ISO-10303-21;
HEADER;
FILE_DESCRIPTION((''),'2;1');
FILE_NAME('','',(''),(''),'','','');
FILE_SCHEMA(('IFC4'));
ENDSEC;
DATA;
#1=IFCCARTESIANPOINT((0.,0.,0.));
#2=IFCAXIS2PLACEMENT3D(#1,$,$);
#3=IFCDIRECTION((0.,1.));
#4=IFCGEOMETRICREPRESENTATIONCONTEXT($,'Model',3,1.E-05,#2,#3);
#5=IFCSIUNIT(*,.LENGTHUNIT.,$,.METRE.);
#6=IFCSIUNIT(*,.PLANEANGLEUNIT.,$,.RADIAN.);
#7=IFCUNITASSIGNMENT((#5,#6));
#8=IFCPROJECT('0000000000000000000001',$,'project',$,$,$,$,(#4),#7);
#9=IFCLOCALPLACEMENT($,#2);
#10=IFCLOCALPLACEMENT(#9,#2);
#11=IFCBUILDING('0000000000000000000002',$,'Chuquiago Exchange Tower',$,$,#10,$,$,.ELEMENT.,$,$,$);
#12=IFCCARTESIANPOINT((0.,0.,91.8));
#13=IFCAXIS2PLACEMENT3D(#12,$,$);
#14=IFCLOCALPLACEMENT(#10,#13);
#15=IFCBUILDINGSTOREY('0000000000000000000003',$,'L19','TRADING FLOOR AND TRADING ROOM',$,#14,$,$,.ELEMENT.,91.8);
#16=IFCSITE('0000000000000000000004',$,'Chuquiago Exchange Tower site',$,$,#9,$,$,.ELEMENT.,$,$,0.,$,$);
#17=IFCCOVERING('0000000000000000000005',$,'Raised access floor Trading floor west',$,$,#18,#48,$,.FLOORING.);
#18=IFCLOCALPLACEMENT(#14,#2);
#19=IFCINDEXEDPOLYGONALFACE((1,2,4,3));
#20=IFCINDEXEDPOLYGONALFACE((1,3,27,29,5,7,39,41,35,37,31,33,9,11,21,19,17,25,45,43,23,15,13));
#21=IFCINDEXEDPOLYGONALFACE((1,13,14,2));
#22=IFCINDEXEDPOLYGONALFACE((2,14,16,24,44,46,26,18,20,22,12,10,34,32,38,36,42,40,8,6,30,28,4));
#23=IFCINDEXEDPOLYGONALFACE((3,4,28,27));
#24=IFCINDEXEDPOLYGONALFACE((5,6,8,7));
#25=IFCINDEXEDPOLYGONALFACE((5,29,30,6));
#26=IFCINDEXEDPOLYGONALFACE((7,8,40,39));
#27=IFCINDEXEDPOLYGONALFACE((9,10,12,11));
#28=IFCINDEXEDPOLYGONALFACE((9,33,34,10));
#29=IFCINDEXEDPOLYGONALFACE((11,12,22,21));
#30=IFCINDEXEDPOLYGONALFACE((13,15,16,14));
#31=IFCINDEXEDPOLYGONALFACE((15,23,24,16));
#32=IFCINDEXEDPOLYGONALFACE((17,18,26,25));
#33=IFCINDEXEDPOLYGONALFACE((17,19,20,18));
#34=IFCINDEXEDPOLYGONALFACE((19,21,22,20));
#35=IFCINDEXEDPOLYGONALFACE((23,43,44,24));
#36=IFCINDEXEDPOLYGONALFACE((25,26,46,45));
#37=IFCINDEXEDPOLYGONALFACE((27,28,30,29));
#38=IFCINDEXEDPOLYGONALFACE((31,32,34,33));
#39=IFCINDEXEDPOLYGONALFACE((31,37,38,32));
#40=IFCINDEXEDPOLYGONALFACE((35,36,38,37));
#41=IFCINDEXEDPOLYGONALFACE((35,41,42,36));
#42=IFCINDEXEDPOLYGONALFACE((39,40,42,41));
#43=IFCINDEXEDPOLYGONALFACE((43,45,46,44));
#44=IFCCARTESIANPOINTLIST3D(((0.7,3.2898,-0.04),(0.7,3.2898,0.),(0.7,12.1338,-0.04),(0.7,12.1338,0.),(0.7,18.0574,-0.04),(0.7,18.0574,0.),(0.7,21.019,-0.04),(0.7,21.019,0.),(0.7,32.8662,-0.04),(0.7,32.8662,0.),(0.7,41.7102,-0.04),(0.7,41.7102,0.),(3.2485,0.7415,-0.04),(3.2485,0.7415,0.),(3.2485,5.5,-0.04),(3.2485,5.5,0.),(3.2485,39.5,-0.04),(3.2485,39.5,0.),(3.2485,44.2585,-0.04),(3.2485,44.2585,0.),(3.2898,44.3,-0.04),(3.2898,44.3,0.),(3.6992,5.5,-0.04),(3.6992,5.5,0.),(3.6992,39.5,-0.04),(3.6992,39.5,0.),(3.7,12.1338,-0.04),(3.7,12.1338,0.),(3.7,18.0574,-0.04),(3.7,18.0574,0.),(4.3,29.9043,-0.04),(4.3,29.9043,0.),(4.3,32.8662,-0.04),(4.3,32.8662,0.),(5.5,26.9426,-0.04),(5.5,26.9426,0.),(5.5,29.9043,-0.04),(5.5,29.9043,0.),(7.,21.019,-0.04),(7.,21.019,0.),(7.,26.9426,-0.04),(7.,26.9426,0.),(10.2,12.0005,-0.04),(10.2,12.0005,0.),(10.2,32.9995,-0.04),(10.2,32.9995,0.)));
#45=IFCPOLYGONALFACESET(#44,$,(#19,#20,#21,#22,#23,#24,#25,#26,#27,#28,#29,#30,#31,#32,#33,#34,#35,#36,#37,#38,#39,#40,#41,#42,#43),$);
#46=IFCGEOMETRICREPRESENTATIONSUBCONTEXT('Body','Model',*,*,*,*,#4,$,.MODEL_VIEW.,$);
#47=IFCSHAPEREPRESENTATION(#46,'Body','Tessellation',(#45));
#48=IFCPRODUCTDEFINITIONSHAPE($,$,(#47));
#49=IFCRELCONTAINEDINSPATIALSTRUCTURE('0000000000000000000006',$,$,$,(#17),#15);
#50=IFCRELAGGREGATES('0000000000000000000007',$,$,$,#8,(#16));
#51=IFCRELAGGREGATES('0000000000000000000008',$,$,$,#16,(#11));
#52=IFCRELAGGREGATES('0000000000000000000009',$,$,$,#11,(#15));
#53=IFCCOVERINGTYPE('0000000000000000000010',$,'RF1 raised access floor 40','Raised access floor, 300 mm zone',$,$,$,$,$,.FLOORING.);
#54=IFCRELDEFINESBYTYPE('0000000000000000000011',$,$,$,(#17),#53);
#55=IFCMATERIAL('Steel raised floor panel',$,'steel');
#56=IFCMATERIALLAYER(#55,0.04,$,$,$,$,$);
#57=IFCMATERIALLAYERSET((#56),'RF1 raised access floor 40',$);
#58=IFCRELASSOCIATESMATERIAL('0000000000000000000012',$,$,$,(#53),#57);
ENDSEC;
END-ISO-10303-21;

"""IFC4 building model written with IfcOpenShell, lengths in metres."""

from ifc_helpers import new_model, si_unit, direction, frame, origin, place, context, subcontext, project, spatial, polyline, outline, extrude, material, layer, layer_set, type_object, element, save


model = new_model("IFC4")

# Units and contexts
model_context = context("Model", 3, precision=1e-05, world=origin(), true_north=direction((0.0, 1.0)))
body_context = subcontext(model_context, "Body", "Model", "MODEL_VIEW")
ifc_project = project(units=[si_unit("LENGTHUNIT", "METRE"), si_unit("PLANEANGLEUNIT", "RADIAN")], contexts=[model_context])

# Site, building, storey
site_placement = place(None, origin())
site = spatial("IfcSite", under=ifc_project, at=site_placement, Name="Chuquiago Exchange Tower site", CompositionType="ELEMENT", RefElevation=0.0)
building_placement = place(site_placement, origin())
building = spatial("IfcBuilding", under=site, at=building_placement, Name="Chuquiago Exchange Tower", CompositionType="ELEMENT")
storey_placement = place(building_placement, frame((0.0, 0.0, 91.8)))
storey = spatial("IfcBuildingStorey", under=building, at=storey_placement, Name="L19", Description="TRADING FLOOR AND TRADING ROOM", CompositionType="ELEMENT", Elevation=91.8)

# Covering
ifc_material_1 = material(Name="Steel raised floor panel", Category="steel")
ifc_layer_1 = layer(ifc_material_1, 0.04)
ifc_layer_set_1 = layer_set([ifc_layer_1], Name="RF1 raised access floor 40")
covering_type_1 = type_object("IfcCoveringType", Name="RF1 raised access floor 40", Description="Raised access floor, 300 mm zone", PredefinedType="FLOORING", material=ifc_layer_set_1)
covering_1_placement = place(storey_placement, frame((0.0, 0.0, -0.04)))
element("IfcCovering", 1, at=covering_1_placement, inside=storey, type_object=covering_type_1, Name="Raised access floor Trading floor west", PredefinedType="FLOORING", context=body_context, shape_type="SweptSolid", body=[
    extrude(outline(polyline([(3.7, 12.1338), (3.7, 18.0574), (0.7, 18.0574), (0.7, 21.019), (7.0, 21.019), (7.0, 26.9426), (5.5, 26.9426), (5.5, 29.9043), (4.3, 29.9043), (4.3, 32.8662), (0.7, 32.8662), (0.7, 41.7102), (3.2898, 44.3), (3.2485, 44.2585), (3.2485, 39.5), (3.6992, 39.5), (10.2, 32.9995), (10.2, 12.0005), (3.6992, 5.5), (3.2485, 5.5), (3.2485, 0.7415), (0.7, 3.2898), (0.7, 12.1338), (3.7, 12.1338)])), origin(), (0.0, 0.0, 1.0), 0.04),
])

save(model, "model.ifc")
